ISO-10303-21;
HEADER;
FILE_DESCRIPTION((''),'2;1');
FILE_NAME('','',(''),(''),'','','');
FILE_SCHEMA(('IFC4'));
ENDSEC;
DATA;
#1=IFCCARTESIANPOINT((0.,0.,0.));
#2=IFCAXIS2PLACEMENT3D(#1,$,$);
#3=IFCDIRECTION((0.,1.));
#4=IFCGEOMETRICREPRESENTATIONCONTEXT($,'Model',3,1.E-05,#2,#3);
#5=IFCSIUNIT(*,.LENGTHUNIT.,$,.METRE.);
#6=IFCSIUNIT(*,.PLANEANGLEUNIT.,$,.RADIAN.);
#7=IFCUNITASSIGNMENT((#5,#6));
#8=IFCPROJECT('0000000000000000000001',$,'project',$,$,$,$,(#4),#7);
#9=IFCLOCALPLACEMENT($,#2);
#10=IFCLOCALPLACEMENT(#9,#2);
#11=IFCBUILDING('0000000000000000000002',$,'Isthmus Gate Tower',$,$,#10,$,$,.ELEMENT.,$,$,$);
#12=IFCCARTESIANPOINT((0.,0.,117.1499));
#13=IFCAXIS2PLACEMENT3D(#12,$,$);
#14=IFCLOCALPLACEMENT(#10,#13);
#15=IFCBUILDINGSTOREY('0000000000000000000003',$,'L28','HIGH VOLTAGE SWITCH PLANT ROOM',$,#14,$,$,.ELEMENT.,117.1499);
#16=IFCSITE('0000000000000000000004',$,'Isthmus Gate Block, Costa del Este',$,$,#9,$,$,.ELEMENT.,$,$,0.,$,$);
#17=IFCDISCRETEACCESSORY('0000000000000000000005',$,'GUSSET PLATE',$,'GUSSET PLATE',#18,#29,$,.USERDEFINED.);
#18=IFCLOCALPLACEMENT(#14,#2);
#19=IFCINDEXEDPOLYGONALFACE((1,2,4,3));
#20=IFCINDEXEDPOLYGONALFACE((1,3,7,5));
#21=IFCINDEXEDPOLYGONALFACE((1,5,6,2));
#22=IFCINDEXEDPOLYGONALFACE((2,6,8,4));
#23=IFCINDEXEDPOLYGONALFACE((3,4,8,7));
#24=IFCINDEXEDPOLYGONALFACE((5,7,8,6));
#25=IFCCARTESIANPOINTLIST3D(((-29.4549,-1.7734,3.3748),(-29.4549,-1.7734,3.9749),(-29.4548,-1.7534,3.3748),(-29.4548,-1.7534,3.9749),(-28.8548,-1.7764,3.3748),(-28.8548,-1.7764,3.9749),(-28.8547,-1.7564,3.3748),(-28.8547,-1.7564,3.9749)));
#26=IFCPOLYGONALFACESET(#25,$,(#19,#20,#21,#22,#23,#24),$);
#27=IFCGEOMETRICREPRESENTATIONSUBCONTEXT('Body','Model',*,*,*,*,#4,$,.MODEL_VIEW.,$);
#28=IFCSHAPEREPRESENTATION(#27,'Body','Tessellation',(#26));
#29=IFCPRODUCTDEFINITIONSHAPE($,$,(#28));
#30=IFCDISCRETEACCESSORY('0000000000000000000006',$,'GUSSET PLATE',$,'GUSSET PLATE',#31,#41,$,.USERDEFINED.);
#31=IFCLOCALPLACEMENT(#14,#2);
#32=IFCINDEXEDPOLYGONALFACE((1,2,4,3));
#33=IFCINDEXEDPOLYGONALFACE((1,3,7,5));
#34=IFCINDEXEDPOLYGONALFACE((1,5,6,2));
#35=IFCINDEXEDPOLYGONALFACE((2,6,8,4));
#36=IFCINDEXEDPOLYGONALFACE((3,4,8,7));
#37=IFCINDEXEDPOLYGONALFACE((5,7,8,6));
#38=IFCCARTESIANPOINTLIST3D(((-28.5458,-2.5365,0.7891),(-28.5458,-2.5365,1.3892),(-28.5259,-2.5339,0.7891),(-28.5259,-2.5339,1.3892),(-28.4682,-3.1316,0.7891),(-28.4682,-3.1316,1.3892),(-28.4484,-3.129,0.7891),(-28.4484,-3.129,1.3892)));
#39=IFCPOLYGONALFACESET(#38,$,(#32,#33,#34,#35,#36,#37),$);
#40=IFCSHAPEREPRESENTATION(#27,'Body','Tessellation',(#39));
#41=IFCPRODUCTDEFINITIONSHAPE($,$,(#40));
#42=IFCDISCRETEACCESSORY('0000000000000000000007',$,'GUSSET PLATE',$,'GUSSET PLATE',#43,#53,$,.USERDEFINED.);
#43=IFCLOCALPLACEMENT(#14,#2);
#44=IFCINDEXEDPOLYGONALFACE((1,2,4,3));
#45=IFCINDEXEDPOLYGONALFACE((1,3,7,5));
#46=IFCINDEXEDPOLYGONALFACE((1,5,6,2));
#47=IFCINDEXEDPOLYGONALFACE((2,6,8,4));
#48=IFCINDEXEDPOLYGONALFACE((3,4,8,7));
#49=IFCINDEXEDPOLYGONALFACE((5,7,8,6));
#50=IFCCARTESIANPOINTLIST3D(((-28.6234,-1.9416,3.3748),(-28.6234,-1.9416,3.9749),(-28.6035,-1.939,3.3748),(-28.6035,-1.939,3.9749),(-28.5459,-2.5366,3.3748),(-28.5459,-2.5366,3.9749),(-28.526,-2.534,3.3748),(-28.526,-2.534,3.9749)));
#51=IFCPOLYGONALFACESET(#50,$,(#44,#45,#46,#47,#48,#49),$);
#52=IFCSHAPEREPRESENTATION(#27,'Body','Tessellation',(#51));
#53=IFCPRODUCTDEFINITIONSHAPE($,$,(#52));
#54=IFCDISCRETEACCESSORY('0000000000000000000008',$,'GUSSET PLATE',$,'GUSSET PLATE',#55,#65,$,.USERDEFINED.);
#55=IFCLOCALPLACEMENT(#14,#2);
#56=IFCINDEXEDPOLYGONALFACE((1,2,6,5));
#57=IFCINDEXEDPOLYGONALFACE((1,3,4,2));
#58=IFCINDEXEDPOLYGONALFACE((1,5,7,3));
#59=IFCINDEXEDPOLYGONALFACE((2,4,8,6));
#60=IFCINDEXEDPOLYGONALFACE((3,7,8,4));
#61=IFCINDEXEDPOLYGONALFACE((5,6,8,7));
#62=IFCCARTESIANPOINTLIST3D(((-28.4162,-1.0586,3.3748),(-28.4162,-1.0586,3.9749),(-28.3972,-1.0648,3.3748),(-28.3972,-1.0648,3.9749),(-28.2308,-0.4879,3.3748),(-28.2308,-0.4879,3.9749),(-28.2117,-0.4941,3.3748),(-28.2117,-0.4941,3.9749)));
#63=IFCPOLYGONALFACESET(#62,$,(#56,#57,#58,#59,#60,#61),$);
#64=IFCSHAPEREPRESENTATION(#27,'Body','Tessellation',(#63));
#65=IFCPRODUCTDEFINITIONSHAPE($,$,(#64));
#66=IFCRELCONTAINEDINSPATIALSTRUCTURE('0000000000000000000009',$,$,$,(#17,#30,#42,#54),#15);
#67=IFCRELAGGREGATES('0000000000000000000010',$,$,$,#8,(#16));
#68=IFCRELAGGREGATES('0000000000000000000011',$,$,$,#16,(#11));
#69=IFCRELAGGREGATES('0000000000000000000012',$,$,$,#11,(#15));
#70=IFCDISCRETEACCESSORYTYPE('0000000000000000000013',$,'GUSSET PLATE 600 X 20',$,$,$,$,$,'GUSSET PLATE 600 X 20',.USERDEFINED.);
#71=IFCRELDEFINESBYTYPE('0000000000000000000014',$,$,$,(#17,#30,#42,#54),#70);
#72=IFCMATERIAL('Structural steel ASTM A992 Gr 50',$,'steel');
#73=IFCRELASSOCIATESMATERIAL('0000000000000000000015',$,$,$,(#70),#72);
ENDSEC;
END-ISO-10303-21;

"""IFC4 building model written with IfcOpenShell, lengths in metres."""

from ifc_helpers import new_model, si_unit, direction, frame, origin, origin_2d, place, context, subcontext, project, spatial, rectangle, extrude, material, type_object, element, save


model = new_model("IFC4")

# Units and contexts
model_context = context("Model", 3, precision=1e-05, world=origin(), true_north=direction((0.0, 1.0)))
body_context = subcontext(model_context, "Body", "Model", "MODEL_VIEW")
ifc_project = project(units=[si_unit("LENGTHUNIT", "METRE"), si_unit("PLANEANGLEUNIT", "RADIAN")], contexts=[model_context])

# Site, building, storey
site_placement = place(None, origin())
site = spatial("IfcSite", under=ifc_project, at=site_placement, Name="Isthmus Gate Block, Costa del Este", CompositionType="ELEMENT", RefElevation=0.0)
building_placement = place(site_placement, origin())
building = spatial("IfcBuilding", under=site, at=building_placement, Name="Isthmus Gate Tower", CompositionType="ELEMENT")
storey_placement = place(building_placement, frame((0.0, 0.0, 117.1499)))
storey = spatial("IfcBuildingStorey", under=building, at=storey_placement, Name="L28", Description="HIGH VOLTAGE SWITCH PLANT ROOM", CompositionType="ELEMENT", Elevation=117.1499)

# Discrete accessories
ifc_material_1 = material(Name="Structural steel ASTM A992 Gr 50", Category="steel")
discrete_accessory_type_1 = type_object("IfcDiscreteAccessoryType", Name="GUSSET PLATE 600 X 20", ElementType="GUSSET PLATE 600 X 20", PredefinedType="USERDEFINED", material=ifc_material_1)
for number, where, z_axis, x_axis, name in (
    (1, (-29.1548, -1.7649, 3.3748), (0.0, 0.0, 1.0), (0.999987, -0.005056, 0.0), "GUSSET PLATE"),
    (2, (-28.4971, -2.8328, 0.7891), (0.0, 0.0, 1.0), (-0.129165, 0.991623, 0.0), "GUSSET PLATE"),
    (3, (-28.5747, -2.2378, 3.3748), (0.0, 0.0, 1.0), (-0.129165, 0.991623, 0.0), "GUSSET PLATE"),
    (4, (-28.314, -0.7764, 3.3748), (0.0, 0.0, 1.0), (-0.309017, -0.951057, 0.0), "GUSSET PLATE"),
):
    element("IfcDiscreteAccessory", number, at=place(storey_placement, frame(where, z_axis=z_axis, x_axis=x_axis)), inside=storey, type_object=discrete_accessory_type_1, Name=name, ObjectType="GUSSET PLATE", PredefinedType="USERDEFINED", context=body_context, shape_type="SweptSolid", body=[
        extrude(rectangle(XDim=0.6001, YDim=0.02, at=origin_2d()), origin(), (0.0, 0.0, 1.0), 0.6001),
    ])

save(model, "model.ifc")
